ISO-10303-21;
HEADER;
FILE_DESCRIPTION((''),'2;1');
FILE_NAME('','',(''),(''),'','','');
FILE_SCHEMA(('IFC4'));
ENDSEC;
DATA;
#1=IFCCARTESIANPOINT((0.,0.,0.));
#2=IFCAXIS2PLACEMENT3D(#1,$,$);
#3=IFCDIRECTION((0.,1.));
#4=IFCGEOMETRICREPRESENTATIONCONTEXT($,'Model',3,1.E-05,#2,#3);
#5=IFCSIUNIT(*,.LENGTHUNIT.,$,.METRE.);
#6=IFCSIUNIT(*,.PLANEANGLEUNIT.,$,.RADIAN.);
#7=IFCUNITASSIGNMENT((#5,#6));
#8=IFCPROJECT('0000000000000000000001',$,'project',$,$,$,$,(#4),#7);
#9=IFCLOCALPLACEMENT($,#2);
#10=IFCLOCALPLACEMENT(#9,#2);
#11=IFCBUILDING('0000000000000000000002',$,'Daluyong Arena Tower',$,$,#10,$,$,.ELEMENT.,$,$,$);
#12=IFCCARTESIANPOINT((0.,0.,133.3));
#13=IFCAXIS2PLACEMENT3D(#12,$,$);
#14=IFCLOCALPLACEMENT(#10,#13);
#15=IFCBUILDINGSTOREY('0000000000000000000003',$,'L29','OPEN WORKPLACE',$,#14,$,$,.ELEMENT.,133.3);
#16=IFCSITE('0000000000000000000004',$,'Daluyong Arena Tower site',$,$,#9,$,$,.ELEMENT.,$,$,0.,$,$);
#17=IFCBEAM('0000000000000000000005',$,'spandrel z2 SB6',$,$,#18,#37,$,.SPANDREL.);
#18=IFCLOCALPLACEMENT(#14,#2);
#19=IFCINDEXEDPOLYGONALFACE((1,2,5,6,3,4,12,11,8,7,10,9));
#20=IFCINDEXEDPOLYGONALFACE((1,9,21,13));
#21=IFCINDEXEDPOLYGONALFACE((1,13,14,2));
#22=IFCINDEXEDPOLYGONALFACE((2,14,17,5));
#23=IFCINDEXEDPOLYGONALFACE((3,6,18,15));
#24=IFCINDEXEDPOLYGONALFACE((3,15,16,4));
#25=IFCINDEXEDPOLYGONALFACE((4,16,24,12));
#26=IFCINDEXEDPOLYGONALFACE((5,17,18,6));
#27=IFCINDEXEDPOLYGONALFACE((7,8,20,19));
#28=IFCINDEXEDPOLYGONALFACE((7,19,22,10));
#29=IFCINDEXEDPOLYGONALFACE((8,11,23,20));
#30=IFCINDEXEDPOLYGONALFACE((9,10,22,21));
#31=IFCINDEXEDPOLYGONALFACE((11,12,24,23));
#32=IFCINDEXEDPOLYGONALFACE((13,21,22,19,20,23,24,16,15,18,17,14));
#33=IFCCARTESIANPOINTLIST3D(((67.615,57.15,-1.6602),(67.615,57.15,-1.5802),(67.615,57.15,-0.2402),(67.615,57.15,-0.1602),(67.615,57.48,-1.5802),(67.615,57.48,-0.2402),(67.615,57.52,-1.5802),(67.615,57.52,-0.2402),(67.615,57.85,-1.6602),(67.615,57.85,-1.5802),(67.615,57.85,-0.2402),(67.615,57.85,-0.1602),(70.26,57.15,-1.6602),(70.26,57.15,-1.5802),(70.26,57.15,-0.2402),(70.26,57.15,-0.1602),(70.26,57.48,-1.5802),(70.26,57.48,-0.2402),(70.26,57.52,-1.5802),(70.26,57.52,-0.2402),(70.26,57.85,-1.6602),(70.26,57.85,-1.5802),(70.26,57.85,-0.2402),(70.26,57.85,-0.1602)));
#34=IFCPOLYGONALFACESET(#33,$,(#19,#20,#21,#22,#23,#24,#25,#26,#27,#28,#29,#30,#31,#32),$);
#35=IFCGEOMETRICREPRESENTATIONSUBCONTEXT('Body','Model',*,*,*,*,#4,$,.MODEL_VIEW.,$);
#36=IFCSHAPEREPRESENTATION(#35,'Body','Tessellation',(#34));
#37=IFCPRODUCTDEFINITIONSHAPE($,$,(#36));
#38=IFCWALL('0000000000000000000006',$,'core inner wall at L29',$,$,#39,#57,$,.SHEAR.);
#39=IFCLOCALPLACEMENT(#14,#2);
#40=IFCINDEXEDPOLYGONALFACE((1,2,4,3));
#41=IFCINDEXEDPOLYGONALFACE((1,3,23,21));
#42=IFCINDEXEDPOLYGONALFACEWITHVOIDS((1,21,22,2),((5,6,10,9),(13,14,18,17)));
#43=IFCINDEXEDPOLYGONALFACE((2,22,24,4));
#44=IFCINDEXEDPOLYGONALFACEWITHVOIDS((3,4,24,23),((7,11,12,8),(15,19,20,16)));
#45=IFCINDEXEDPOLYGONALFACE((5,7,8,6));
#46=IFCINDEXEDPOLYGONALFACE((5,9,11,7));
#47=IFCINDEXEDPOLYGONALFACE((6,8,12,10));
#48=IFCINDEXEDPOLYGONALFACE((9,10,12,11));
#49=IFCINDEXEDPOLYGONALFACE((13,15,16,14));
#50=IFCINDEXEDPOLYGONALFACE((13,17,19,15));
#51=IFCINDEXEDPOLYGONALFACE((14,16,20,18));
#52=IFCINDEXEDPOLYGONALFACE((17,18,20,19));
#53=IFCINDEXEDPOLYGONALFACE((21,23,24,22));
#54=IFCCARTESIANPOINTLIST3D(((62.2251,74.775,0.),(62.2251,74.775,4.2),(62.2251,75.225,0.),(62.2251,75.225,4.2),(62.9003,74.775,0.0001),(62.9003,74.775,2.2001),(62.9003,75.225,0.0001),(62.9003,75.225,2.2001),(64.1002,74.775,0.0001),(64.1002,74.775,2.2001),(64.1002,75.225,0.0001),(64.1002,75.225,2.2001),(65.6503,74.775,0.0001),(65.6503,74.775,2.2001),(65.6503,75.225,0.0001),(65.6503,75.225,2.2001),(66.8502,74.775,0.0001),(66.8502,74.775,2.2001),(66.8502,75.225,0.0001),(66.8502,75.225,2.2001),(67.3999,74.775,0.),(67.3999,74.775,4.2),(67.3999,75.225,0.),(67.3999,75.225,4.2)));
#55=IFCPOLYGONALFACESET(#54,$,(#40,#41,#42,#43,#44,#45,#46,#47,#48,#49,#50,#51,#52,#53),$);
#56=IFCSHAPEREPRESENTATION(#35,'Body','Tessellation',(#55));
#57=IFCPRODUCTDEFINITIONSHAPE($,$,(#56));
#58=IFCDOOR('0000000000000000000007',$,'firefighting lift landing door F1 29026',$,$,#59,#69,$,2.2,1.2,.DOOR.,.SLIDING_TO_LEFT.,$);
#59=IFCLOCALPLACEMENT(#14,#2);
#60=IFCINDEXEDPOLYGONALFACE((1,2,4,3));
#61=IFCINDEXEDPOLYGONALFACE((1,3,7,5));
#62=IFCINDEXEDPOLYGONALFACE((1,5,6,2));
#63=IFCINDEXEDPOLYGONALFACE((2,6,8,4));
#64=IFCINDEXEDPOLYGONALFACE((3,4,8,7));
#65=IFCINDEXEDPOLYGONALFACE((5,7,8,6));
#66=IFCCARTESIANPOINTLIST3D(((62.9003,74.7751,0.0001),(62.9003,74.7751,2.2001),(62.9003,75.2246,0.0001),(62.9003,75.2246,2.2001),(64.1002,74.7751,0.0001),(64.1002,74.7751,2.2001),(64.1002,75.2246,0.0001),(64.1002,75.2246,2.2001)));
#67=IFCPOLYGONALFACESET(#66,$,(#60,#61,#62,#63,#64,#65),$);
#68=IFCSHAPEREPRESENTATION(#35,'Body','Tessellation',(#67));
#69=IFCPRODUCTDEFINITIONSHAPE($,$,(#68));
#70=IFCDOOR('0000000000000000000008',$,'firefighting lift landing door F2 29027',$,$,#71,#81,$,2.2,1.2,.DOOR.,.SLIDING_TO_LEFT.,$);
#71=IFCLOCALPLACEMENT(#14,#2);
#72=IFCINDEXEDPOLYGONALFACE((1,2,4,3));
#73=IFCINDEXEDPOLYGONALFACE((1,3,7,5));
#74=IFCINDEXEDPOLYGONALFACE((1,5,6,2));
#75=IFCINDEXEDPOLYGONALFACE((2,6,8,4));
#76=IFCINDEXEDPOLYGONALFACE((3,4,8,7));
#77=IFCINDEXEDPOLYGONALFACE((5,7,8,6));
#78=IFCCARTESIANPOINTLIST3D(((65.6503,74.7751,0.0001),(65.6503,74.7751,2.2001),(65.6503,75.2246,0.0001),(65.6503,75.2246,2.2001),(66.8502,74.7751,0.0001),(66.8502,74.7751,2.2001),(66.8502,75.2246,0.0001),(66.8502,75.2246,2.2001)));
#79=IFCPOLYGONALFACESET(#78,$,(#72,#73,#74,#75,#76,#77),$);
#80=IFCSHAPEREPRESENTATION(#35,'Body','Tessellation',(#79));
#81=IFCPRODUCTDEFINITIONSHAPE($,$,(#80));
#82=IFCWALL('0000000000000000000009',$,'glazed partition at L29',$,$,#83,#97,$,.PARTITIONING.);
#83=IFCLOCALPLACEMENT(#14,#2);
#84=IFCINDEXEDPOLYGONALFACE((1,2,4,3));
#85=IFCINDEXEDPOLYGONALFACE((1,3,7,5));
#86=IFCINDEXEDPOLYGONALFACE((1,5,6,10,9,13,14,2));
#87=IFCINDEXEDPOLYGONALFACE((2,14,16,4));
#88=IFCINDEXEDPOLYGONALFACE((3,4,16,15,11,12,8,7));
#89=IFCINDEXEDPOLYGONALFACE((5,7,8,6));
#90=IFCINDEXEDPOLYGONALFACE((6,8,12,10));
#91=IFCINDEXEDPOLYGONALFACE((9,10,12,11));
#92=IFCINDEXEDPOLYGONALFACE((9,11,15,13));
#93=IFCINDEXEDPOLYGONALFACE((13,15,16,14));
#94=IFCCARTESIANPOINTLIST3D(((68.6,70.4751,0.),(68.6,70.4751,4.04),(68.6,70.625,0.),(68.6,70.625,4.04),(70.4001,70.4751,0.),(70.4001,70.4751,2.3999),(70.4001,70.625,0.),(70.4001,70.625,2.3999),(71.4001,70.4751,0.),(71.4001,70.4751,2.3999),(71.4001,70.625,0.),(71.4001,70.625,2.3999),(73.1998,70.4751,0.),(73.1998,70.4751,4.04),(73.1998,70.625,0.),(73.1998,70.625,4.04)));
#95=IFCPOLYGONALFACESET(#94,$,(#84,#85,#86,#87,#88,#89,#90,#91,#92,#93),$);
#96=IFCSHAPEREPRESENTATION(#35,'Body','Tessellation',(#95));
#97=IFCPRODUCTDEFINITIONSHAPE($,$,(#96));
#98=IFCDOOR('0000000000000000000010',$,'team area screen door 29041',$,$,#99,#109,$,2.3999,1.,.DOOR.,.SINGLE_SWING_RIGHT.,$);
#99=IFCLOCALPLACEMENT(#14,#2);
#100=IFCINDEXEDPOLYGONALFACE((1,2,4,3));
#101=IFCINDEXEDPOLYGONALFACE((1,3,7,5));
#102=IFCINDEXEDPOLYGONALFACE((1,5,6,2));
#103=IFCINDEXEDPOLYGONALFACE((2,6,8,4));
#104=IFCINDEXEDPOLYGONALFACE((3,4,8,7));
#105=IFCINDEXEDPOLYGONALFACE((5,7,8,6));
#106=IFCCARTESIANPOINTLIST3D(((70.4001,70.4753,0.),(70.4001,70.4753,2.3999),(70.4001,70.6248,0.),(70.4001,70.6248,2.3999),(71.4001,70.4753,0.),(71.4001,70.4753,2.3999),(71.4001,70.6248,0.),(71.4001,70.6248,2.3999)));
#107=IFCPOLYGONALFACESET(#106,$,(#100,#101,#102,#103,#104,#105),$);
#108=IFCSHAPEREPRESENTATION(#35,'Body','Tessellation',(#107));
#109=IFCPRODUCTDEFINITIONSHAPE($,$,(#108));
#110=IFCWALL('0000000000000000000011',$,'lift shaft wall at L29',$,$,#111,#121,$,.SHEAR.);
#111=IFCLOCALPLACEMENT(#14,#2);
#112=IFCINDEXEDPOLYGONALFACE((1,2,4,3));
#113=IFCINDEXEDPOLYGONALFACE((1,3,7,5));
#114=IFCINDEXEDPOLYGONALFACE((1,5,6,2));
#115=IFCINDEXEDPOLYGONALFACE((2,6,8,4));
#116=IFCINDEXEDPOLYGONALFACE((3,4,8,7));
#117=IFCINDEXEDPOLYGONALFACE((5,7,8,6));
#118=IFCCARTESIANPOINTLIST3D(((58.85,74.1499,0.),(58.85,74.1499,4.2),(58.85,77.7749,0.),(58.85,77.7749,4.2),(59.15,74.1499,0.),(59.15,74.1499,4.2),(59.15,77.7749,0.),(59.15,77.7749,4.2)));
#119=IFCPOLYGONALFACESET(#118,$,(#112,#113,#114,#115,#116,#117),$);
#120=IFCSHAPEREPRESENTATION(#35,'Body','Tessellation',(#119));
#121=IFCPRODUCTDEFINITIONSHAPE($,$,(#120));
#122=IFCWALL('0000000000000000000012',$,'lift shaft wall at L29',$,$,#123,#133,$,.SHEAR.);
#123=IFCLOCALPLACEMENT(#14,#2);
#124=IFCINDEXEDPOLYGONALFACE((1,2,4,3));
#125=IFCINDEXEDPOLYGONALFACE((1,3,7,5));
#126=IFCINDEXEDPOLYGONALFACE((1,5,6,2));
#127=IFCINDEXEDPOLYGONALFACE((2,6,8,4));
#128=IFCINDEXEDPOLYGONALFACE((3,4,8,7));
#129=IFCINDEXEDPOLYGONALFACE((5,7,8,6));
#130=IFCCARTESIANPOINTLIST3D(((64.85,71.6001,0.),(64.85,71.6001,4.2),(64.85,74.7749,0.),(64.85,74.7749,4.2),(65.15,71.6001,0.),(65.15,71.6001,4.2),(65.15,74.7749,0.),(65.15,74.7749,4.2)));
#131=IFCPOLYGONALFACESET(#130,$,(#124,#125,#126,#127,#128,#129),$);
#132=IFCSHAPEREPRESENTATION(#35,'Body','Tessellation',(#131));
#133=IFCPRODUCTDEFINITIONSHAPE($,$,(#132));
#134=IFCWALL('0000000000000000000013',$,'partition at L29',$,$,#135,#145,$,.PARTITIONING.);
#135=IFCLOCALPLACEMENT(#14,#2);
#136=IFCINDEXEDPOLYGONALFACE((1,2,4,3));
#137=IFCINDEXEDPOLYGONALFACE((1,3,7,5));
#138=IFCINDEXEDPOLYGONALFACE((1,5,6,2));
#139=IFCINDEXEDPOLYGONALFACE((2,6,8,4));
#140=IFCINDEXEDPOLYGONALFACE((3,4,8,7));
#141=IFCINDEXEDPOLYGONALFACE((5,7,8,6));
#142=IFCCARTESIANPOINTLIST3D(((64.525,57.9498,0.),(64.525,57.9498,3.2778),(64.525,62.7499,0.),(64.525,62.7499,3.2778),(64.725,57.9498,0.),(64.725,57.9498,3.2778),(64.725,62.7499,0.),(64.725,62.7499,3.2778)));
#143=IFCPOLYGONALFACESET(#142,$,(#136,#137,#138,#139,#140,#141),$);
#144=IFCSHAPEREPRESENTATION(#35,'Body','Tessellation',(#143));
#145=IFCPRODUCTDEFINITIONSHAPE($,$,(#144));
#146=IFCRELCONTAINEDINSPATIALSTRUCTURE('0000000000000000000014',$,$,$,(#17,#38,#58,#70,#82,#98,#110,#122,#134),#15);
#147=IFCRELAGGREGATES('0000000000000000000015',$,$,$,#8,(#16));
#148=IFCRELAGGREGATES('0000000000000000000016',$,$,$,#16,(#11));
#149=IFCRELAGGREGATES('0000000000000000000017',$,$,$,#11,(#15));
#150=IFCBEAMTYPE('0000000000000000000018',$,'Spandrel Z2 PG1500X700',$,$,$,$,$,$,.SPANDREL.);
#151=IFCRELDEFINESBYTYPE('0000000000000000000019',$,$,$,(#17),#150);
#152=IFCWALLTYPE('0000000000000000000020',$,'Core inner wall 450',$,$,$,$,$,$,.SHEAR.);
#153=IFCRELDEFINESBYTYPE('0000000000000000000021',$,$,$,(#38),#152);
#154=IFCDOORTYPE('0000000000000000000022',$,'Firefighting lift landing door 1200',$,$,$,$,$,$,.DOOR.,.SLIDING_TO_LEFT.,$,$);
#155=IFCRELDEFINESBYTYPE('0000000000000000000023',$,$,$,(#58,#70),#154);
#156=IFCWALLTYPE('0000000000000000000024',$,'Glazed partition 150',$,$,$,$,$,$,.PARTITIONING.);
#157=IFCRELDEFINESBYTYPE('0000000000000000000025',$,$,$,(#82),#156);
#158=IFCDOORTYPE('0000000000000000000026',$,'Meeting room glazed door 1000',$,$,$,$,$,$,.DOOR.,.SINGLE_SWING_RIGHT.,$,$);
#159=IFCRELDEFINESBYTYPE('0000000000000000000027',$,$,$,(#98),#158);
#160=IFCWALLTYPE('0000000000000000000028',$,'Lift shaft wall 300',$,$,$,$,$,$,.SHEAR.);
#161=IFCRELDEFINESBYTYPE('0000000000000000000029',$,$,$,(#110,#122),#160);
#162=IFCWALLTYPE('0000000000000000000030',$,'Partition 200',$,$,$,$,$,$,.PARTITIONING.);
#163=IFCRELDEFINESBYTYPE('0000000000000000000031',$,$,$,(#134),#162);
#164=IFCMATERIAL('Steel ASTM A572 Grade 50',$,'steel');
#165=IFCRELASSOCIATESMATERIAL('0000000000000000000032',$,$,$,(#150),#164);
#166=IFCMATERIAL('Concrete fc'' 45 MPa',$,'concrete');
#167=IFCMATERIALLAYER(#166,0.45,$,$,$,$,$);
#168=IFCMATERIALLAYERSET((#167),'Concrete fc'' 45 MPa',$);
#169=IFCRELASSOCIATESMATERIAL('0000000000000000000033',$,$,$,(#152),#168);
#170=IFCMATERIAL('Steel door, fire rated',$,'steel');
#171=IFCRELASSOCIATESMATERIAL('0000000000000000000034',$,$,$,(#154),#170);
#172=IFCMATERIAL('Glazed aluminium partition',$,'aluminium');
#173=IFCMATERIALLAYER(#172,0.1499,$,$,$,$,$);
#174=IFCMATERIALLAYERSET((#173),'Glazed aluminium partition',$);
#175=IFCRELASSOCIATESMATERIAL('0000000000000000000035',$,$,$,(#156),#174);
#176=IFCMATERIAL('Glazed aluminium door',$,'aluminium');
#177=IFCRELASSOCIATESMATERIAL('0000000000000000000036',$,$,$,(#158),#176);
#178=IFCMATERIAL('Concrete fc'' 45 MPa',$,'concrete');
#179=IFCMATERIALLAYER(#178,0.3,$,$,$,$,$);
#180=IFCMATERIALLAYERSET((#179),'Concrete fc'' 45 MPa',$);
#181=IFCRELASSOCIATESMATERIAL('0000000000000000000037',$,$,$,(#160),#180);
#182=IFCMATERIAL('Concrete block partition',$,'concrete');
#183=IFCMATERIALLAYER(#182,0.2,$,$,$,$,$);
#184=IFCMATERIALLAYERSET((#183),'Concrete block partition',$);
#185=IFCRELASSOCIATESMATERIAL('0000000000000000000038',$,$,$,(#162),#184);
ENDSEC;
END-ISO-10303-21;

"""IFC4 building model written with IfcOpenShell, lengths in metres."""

from ifc_helpers import new_model, si_unit, direction, frame, frame_2d, origin, origin_2d, place, context, subcontext, project, spatial, rectangle, i_section, extrude, material, layer, layer_set, material_profile, profile_set, type_object, element, fill, save


model = new_model("IFC4")

# Units and contexts
model_context = context("Model", 3, precision=1e-05, world=origin(), true_north=direction((0.0, 1.0)))
body_context = subcontext(model_context, "Body", "Model", "MODEL_VIEW")
ifc_project = project(units=[si_unit("LENGTHUNIT", "METRE"), si_unit("PLANEANGLEUNIT", "RADIAN")], contexts=[model_context])

# Site, building, storey
site_placement = place(None, origin())
site = spatial("IfcSite", under=ifc_project, at=site_placement, Name="Daluyong Arena Tower site", CompositionType="ELEMENT", RefElevation=0.0)
building_placement = place(site_placement, origin())
building = spatial("IfcBuilding", under=site, at=building_placement, Name="Daluyong Arena Tower", CompositionType="ELEMENT")
storey_placement = place(building_placement, frame((0.0, 0.0, 133.3)))
storey = spatial("IfcBuildingStorey", under=building, at=storey_placement, Name="L29", Description="OPEN WORKPLACE", CompositionType="ELEMENT", Elevation=133.3)

# Beam
ifc_material_1 = material(Name="Steel ASTM A572 Grade 50", Category="steel")
ifc_material_profile_1 = material_profile(ifc_material_1, i_section(OverallWidth=0.7, OverallDepth=1.5, WebThickness=0.04, FlangeThickness=0.08, at=origin_2d()))
ifc_profile_set_1 = profile_set([ifc_material_profile_1], Name="Steel ASTM A572 Grade 50")
beam_type_1 = type_object("IfcBeamType", Name="Spandrel Z2 PG1500X700", PredefinedType="SPANDREL", material=ifc_profile_set_1)
beam_1_placement = place(storey_placement, frame((67.615, 57.5, -0.9102), z_axis=(1.0, 0.0, 0.0), x_axis=(0.0, 1.0, 0.0)))
element("IfcBeam", 1, at=beam_1_placement, inside=storey, type_object=beam_type_1, Name="spandrel z2 SB6", PredefinedType="SPANDREL", context=body_context, shape_type="SweptSolid", body=[
    extrude(i_section(OverallWidth=0.7, OverallDepth=1.5, WebThickness=0.04, FlangeThickness=0.08, at=origin_2d()), origin(), (0.0, 0.0, 1.0), 2.645),
])

# Shared definitions
ifc_material_2 = material(Name="Concrete fc' 45 MPa", Category="concrete")
ifc_layer_1 = layer(ifc_material_2, 0.45)
ifc_layer_set_1 = layer_set([ifc_layer_1], Name="Concrete fc' 45 MPa")
wall_type_1 = type_object("IfcWallType", Name="Core inner wall 450", PredefinedType="SHEAR", material=ifc_layer_set_1)

# Wall, openings, doors
wall_1_placement = place(storey_placement, frame((62.2251, 75.0, 0.0), z_axis=(0.0, 0.0, 1.0), x_axis=(1.0, 0.0, 0.0)))
wall_1 = element("IfcWall", 2, at=wall_1_placement, inside=storey, type_object=wall_type_1, Name="core inner wall at L29", PredefinedType="SHEAR", context=body_context, shape_type="SweptSolid", body=[
    extrude(rectangle(XDim=5.1748, YDim=0.45, at=frame_2d((2.5874, 0.0))), origin(), (0.0, 0.0, 1.0), 4.2),
])
opening_1_placement = place(wall_1_placement, frame((0.675, 0.0, 0.0)))
opening_1 = element("IfcOpeningElement", 3, at=opening_1_placement, cuts=wall_1, PredefinedType="OPENING", context=body_context, shape_type="SweptSolid", body=[
    extrude(rectangle(XDim=1.2, YDim=2.2, at=frame_2d((0.6001, 1.1001))), frame((0.0, 0.2349, 0.0), z_axis=(0.0, -1.0, 0.0), x_axis=(1.0, 0.0, 0.0)), (0.0, 0.0, 1.0), 0.47),
])
opening_2_placement = place(wall_1_placement, frame((3.425, 0.0, 0.0)))
opening_2 = element("IfcOpeningElement", 4, at=opening_2_placement, cuts=wall_1, PredefinedType="OPENING", context=body_context, shape_type="SweptSolid", body=[
    extrude(rectangle(XDim=1.2, YDim=2.2, at=frame_2d((0.6001, 1.1001))), frame((0.0, 0.2349, 0.0), z_axis=(0.0, -1.0, 0.0), x_axis=(1.0, 0.0, 0.0)), (0.0, 0.0, 1.0), 0.47),
])
ifc_material_3 = material(Name="Steel door, fire rated", Category="steel")
door_type_1 = type_object("IfcDoorType", Name="Firefighting lift landing door 1200", OperationType="SLIDING_TO_LEFT", PredefinedType="DOOR", material=ifc_material_3)
door_1_placement = place(opening_1_placement, origin())
door_1 = element("IfcDoor", 5, at=door_1_placement, inside=storey, type_object=door_type_1, Name="firefighting lift landing door F1 29026", OperationType="SLIDING_TO_LEFT", OverallHeight=2.2, OverallWidth=1.2, PredefinedType="DOOR", context=body_context, shape_type="SweptSolid", body=[
    extrude(rectangle(XDim=1.2, YDim=2.2, at=frame_2d((0.6001, 1.1001))), frame((0.0, 0.2246, 0.0), z_axis=(0.0, -1.0, 0.0), x_axis=(1.0, 0.0, 0.0)), (0.0, 0.0, 1.0), 0.4495),
])
fill(opening_1, door_1)
door_2_placement = place(opening_2_placement, origin())
door_2 = element("IfcDoor", 6, at=door_2_placement, inside=storey, type_object=door_type_1, Name="firefighting lift landing door F2 29027", OperationType="SLIDING_TO_LEFT", OverallHeight=2.2, OverallWidth=1.2, PredefinedType="DOOR", context=body_context, shape_type="SweptSolid", body=[
    extrude(rectangle(XDim=1.2, YDim=2.2, at=frame_2d((0.6001, 1.1001))), frame((0.0, 0.2246, 0.0), z_axis=(0.0, -1.0, 0.0), x_axis=(1.0, 0.0, 0.0)), (0.0, 0.0, 1.0), 0.4495),
])
fill(opening_2, door_2)

# Wall, opening, door
ifc_material_4 = material(Name="Glazed aluminium partition", Category="aluminium")
ifc_layer_2 = layer(ifc_material_4, 0.1499)
ifc_layer_set_2 = layer_set([ifc_layer_2], Name="Glazed aluminium partition")
wall_type_2 = type_object("IfcWallType", Name="Glazed partition 150", PredefinedType="PARTITIONING", material=ifc_layer_set_2)
wall_2_placement = place(storey_placement, frame((68.6001, 70.55, 0.0), z_axis=(0.0, 0.0, 1.0), x_axis=(1.0, 0.0, 0.0)))
wall_2 = element("IfcWall", 7, at=wall_2_placement, inside=storey, type_object=wall_type_2, Name="glazed partition at L29", PredefinedType="PARTITIONING", context=body_context, shape_type="SweptSolid", body=[
    extrude(rectangle(XDim=4.5999, YDim=0.1499, at=frame_2d((2.2998, 0.0))), origin(), (0.0, 0.0, 1.0), 4.04),
])
opening_3_placement = place(wall_2_placement, frame((1.8, 0.0, 0.0)))
opening_3 = element("IfcOpeningElement", 8, at=opening_3_placement, cuts=wall_2, PredefinedType="OPENING", context=body_context, shape_type="SweptSolid", body=[
    extrude(rectangle(XDim=1.0, YDim=2.3999, at=frame_2d((0.5, 1.2))), frame((0.0, 0.085, 0.0), z_axis=(0.0, -1.0, 0.0), x_axis=(1.0, 0.0, 0.0)), (0.0, 0.0, 1.0), 0.1699),
])
ifc_material_5 = material(Name="Glazed aluminium door", Category="aluminium")
door_type_2 = type_object("IfcDoorType", Name="Meeting room glazed door 1000", OperationType="SINGLE_SWING_RIGHT", PredefinedType="DOOR", material=ifc_material_5)
door_3_placement = place(opening_3_placement, origin())
door_3 = element("IfcDoor", 9, at=door_3_placement, inside=storey, type_object=door_type_2, Name="team area screen door 29041", OperationType="SINGLE_SWING_RIGHT", OverallHeight=2.3999, OverallWidth=1.0, PredefinedType="DOOR", context=body_context, shape_type="SweptSolid", body=[
    extrude(rectangle(XDim=1.0, YDim=2.3999, at=frame_2d((0.5, 1.2))), frame((0.0, 0.0747, 0.0), z_axis=(0.0, -1.0, 0.0), x_axis=(1.0, 0.0, 0.0)), (0.0, 0.0, 1.0), 0.1494),
])
fill(opening_3, door_3)

# Walls
ifc_material_6 = material(Name="Concrete fc' 45 MPa", Category="concrete")
ifc_layer_3 = layer(ifc_material_6, 0.3)
ifc_layer_set_3 = layer_set([ifc_layer_3], Name="Concrete fc' 45 MPa")
wall_type_3 = type_object("IfcWallType", Name="Lift shaft wall 300", PredefinedType="SHEAR", material=ifc_layer_set_3)
wall_3_placement = place(storey_placement, frame((59.0, 74.1499, 0.0), z_axis=(0.0, 0.0, 1.0), x_axis=(0.0, 1.0, 0.0)))
element("IfcWall", 10, at=wall_3_placement, inside=storey, type_object=wall_type_3, Name="lift shaft wall at L29", PredefinedType="SHEAR", context=body_context, shape_type="SweptSolid", body=[
    extrude(rectangle(XDim=3.625, YDim=0.3, at=frame_2d((1.8125, 0.0))), origin(), (0.0, 0.0, 1.0), 4.2),
])
wall_4_placement = place(storey_placement, frame((65.0, 71.6001, 0.0), z_axis=(0.0, 0.0, 1.0), x_axis=(0.0, 1.0, 0.0)))
element("IfcWall", 11, at=wall_4_placement, inside=storey, type_object=wall_type_3, Name="lift shaft wall at L29", PredefinedType="SHEAR", context=body_context, shape_type="SweptSolid", body=[
    extrude(rectangle(XDim=3.1748, YDim=0.3, at=frame_2d((1.5874, 0.0))), origin(), (0.0, 0.0, 1.0), 4.2),
])
ifc_material_7 = material(Name="Concrete block partition", Category="concrete")
ifc_layer_4 = layer(ifc_material_7, 0.2)
ifc_layer_set_4 = layer_set([ifc_layer_4], Name="Concrete block partition")
wall_type_4 = type_object("IfcWallType", Name="Partition 200", PredefinedType="PARTITIONING", material=ifc_layer_set_4)
wall_5_placement = place(storey_placement, frame((64.625, 57.95, 0.0), z_axis=(0.0, 0.0, 1.0), x_axis=(0.0, 1.0, 0.0)))
element("IfcWall", 12, at=wall_5_placement, inside=storey, type_object=wall_type_4, Name="partition at L29", PredefinedType="PARTITIONING", context=body_context, shape_type="SweptSolid", body=[
    extrude(rectangle(XDim=4.8, YDim=0.2, at=frame_2d((2.3999, 0.0))), origin(), (0.0, 0.0, 1.0), 3.2778),
])

save(model, "model.ifc")
